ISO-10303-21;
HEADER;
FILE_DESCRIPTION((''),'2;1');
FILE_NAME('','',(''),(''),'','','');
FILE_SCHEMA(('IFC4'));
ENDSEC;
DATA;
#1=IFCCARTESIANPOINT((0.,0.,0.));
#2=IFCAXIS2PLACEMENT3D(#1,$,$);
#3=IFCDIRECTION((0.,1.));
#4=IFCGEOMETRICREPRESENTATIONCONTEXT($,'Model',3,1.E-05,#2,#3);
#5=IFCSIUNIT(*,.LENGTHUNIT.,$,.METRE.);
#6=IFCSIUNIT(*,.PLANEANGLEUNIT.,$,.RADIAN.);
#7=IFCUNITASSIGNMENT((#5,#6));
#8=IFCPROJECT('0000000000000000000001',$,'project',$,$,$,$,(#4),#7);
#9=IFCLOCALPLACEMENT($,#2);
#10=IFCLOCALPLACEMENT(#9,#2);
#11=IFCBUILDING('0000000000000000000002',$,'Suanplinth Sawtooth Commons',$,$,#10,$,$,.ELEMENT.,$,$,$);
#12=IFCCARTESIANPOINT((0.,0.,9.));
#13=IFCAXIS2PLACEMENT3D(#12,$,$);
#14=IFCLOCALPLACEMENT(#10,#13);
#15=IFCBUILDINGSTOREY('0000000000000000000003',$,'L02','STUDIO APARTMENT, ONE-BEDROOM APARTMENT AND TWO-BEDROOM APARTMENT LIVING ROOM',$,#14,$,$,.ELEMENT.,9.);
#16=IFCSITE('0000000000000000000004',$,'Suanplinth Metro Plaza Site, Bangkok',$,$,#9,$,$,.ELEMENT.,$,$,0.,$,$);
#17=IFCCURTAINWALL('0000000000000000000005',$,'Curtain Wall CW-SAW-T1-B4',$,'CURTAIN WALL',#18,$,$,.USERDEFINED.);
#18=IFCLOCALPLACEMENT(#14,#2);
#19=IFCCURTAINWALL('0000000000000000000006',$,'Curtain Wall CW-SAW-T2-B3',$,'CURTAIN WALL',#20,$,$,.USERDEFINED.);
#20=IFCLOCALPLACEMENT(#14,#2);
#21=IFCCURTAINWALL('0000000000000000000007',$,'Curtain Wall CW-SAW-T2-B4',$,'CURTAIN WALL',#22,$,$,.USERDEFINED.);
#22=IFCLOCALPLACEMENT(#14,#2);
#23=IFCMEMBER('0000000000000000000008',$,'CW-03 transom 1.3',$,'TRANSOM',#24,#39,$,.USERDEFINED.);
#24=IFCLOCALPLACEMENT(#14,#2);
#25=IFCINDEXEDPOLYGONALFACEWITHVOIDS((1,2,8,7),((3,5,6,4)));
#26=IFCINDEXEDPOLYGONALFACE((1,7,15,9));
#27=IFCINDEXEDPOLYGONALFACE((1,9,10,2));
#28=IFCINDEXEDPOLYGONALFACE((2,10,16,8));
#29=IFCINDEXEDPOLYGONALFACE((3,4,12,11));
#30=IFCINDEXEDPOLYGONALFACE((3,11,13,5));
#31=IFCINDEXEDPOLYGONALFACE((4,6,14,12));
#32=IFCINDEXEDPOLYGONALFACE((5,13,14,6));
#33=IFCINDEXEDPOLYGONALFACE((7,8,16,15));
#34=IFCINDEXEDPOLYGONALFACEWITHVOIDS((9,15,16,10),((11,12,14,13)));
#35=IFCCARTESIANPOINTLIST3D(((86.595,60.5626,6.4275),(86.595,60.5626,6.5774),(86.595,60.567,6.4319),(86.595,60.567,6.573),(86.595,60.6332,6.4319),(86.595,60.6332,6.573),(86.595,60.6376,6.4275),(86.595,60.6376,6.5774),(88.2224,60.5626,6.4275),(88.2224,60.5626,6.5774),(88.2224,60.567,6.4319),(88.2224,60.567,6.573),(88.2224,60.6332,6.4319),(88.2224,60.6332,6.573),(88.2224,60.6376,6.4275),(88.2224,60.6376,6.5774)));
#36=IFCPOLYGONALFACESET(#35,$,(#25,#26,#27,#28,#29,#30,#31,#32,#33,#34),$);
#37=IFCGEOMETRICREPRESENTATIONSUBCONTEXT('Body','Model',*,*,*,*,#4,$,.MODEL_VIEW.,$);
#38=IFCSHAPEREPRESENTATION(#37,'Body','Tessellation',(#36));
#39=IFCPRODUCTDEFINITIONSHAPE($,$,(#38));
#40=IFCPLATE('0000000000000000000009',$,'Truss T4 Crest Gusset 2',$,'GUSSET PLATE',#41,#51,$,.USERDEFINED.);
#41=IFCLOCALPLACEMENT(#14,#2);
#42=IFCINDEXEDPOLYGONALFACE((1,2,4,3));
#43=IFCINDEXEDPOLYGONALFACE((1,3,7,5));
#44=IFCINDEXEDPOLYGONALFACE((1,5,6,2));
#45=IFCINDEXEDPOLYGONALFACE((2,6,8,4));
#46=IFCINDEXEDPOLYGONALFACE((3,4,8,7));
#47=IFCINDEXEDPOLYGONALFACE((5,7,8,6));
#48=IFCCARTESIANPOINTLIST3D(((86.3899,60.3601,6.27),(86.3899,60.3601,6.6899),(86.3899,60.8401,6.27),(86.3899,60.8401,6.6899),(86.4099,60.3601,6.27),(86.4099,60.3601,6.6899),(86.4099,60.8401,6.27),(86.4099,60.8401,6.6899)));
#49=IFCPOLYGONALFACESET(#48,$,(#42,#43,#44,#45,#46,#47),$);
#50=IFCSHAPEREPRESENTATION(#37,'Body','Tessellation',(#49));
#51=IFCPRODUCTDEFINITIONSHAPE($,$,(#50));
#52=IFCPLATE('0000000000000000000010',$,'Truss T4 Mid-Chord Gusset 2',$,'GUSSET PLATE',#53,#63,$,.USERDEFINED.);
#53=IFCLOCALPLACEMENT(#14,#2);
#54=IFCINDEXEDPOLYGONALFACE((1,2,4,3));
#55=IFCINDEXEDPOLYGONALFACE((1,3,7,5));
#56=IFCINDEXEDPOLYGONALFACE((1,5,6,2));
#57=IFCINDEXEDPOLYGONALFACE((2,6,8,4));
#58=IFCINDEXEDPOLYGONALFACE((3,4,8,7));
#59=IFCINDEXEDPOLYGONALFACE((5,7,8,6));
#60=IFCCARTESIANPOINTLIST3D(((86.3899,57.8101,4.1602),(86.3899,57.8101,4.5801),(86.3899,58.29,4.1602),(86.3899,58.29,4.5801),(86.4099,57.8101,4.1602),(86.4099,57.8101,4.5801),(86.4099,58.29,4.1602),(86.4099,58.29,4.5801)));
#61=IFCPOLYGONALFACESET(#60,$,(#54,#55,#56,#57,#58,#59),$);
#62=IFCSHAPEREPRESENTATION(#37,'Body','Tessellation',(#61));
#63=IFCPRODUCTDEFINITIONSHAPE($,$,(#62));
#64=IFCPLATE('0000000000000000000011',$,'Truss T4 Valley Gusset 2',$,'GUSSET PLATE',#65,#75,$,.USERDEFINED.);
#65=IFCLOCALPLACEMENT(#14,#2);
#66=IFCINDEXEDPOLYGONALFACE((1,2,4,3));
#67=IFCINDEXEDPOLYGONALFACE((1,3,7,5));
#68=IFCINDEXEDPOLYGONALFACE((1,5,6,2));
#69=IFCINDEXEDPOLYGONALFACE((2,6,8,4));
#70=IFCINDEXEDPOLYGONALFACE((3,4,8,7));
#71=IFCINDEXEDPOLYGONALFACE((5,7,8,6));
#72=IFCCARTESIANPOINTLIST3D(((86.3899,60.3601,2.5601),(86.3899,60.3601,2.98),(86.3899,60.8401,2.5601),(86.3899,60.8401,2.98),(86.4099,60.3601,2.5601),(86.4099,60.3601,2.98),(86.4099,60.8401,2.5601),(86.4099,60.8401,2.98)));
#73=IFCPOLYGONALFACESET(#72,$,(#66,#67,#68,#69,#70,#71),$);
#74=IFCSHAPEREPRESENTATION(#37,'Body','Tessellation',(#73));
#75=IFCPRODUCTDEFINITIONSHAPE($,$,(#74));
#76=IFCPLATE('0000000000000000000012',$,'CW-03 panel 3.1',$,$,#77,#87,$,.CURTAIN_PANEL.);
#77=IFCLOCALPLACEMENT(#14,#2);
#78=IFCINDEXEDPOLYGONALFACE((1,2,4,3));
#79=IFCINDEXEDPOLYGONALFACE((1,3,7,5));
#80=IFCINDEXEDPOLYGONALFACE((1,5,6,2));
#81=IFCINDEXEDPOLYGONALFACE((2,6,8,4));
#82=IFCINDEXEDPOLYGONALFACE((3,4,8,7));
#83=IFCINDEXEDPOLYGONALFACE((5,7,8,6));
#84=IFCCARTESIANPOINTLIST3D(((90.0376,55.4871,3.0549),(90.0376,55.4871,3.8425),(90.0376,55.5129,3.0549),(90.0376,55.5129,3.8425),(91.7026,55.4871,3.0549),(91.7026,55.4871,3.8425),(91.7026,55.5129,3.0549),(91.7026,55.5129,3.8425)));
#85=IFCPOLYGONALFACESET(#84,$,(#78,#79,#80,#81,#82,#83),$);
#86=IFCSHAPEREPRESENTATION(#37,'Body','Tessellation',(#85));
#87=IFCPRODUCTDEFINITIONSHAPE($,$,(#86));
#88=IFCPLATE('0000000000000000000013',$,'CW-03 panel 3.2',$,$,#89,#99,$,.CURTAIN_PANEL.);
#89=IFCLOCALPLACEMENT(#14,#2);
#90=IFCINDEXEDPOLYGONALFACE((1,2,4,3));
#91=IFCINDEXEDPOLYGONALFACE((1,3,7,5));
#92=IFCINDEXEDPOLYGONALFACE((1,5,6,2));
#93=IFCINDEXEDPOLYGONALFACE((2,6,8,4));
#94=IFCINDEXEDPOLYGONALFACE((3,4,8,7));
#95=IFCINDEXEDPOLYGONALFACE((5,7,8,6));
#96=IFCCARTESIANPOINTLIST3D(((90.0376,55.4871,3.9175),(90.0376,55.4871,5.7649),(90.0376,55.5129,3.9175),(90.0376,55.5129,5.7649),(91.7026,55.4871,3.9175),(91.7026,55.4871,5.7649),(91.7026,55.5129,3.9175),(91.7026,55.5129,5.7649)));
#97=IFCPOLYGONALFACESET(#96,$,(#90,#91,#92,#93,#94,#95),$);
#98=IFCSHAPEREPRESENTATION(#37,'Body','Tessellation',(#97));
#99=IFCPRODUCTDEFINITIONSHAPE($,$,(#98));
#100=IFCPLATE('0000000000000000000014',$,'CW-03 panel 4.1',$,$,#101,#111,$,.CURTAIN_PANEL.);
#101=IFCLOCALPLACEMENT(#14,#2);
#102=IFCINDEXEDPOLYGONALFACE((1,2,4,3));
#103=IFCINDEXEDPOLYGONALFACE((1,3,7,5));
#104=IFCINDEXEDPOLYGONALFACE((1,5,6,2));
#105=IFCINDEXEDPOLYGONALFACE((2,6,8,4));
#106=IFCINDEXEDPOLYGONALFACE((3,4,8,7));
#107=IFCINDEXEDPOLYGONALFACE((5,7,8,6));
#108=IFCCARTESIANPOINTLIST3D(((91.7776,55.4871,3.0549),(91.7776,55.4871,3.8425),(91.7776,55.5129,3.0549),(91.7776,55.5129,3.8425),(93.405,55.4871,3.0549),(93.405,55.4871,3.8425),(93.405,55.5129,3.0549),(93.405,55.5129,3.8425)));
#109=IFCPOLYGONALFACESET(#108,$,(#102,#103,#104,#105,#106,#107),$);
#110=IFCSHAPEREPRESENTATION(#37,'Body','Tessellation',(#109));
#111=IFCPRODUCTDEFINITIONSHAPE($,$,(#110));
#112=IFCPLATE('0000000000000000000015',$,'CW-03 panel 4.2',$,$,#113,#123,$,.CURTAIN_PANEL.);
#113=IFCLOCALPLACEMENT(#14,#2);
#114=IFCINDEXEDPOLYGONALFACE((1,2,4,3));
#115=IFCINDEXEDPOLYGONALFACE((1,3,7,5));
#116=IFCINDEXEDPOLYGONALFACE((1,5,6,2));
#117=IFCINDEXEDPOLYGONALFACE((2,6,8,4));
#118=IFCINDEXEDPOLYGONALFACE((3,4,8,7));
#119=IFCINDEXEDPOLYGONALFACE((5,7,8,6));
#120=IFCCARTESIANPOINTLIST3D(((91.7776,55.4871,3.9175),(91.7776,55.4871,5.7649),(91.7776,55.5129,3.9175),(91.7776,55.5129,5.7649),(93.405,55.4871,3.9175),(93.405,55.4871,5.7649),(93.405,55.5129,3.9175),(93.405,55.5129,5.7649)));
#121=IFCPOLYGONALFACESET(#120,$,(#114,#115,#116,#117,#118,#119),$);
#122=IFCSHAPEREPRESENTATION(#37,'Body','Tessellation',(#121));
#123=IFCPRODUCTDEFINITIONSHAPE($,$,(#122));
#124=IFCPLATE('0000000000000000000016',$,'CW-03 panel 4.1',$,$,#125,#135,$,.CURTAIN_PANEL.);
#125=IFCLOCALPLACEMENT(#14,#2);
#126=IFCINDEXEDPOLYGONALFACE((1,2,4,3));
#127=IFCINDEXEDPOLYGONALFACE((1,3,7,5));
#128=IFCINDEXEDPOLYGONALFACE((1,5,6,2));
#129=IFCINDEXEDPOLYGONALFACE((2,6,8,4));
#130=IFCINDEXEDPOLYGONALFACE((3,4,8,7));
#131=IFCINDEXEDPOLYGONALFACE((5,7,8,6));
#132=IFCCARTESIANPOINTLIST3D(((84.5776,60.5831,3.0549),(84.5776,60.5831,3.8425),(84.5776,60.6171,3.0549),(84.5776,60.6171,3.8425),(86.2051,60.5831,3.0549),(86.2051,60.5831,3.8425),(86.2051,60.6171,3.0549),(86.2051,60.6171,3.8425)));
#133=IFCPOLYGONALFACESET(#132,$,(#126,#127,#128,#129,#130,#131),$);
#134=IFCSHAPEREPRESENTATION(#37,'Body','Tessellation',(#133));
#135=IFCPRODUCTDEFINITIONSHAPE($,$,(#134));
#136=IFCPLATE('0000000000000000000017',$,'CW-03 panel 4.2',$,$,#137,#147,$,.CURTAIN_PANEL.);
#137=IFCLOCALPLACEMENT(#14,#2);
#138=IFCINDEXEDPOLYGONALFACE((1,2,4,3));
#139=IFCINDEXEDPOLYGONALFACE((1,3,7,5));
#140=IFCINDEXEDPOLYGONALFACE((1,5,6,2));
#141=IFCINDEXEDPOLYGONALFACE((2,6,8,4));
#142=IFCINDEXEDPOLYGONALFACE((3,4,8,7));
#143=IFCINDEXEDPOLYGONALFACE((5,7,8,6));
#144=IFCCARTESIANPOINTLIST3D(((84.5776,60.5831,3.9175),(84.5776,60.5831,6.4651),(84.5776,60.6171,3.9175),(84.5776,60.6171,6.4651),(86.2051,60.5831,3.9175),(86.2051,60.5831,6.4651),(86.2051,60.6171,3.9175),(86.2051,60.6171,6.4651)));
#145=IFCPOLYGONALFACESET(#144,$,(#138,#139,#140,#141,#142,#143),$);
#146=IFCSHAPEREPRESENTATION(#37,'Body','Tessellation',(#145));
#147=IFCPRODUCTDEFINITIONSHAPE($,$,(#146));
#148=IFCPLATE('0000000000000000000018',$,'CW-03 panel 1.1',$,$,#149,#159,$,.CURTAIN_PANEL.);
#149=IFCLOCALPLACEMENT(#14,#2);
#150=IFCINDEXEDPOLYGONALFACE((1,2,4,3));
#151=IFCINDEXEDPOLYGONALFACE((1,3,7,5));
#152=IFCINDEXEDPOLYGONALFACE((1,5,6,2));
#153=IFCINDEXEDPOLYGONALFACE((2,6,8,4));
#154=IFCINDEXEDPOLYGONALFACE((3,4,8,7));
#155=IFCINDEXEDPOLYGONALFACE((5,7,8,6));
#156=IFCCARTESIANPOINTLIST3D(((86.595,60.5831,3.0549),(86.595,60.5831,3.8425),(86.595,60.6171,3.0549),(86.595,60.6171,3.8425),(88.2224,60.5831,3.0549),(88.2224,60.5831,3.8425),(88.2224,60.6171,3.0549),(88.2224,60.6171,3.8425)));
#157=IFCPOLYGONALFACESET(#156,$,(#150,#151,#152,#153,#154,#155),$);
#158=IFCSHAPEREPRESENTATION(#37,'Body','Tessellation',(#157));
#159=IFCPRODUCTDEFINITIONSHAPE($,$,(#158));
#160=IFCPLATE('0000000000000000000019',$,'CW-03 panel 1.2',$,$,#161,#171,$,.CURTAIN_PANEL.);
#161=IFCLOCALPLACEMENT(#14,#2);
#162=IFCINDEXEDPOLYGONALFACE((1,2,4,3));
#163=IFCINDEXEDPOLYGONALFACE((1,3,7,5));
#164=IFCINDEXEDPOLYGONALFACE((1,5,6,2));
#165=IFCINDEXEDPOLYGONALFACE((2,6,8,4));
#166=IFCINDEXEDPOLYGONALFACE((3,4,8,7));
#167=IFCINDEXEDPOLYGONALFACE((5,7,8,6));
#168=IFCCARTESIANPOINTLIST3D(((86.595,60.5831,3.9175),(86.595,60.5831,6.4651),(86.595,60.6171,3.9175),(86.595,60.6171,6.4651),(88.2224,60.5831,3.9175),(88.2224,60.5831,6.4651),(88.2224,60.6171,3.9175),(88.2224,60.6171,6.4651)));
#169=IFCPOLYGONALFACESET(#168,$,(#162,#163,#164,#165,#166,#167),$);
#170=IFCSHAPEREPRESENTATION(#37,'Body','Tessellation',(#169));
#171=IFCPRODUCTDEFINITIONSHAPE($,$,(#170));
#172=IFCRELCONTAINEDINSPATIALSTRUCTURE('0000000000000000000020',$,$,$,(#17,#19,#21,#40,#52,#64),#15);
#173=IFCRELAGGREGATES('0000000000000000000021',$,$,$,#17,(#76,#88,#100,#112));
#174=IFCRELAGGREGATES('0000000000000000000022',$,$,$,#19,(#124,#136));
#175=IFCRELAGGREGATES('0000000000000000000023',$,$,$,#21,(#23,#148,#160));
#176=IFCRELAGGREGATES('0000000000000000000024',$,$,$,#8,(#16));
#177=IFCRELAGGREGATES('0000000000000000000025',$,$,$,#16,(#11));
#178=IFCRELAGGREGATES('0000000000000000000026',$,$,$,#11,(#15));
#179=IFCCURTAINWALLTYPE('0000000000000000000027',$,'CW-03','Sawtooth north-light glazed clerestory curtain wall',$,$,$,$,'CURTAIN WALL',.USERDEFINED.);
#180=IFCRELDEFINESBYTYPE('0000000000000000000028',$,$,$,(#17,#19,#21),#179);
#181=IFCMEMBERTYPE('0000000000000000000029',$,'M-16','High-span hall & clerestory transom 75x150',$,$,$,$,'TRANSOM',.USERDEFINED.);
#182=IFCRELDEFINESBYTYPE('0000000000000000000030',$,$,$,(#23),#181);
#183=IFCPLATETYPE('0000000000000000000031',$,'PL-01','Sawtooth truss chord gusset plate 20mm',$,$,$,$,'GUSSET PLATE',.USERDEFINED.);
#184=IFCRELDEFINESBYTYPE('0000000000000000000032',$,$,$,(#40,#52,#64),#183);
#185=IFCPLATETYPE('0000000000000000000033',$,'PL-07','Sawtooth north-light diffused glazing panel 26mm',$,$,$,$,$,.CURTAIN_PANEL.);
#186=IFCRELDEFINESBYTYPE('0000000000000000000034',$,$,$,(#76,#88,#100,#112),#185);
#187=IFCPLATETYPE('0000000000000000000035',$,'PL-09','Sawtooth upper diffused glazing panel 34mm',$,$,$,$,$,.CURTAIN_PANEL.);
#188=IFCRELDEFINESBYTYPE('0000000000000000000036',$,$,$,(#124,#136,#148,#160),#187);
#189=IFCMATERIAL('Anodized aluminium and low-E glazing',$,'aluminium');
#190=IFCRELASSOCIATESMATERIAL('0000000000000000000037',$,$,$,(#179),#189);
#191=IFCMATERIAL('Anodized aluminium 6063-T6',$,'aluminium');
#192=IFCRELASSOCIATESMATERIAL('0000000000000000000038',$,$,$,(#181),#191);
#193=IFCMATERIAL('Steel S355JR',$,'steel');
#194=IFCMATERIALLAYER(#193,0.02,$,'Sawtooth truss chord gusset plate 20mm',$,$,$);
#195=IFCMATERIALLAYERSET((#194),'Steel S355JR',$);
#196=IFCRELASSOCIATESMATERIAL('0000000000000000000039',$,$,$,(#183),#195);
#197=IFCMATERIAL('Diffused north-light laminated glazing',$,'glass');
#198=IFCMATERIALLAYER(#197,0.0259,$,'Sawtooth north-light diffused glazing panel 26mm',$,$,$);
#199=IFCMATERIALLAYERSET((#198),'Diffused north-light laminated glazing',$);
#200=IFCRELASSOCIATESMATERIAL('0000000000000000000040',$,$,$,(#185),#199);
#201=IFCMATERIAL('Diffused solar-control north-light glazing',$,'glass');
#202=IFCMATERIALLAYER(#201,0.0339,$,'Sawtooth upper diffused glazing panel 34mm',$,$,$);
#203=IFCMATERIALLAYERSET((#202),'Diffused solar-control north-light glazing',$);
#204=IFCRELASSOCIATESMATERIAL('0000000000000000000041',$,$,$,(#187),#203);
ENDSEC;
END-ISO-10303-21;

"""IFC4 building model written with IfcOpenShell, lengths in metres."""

from ifc_helpers import new_model, si_unit, direction, frame, origin, origin_2d, place, context, subcontext, project, spatial, rectangle, hollow_rectangle, extrude, material, layer, layer_set, material_profile, profile_set, type_object, element, aggregate, save


model = new_model("IFC4")

# Units and contexts
model_context = context("Model", 3, precision=1e-05, world=origin(), true_north=direction((0.0, 1.0)))
body_context = subcontext(model_context, "Body", "Model", "MODEL_VIEW")
ifc_project = project(units=[si_unit("LENGTHUNIT", "METRE"), si_unit("PLANEANGLEUNIT", "RADIAN")], contexts=[model_context])

# Site, building, storey
site_placement = place(None, origin())
site = spatial("IfcSite", under=ifc_project, at=site_placement, Name="Suanplinth Metro Plaza Site, Bangkok", CompositionType="ELEMENT", RefElevation=0.0)
building_placement = place(site_placement, origin())
building = spatial("IfcBuilding", under=site, at=building_placement, Name="Suanplinth Sawtooth Commons", CompositionType="ELEMENT")
storey_placement = place(building_placement, frame((0.0, 0.0, 9.0)))
storey = spatial("IfcBuildingStorey", under=building, at=storey_placement, Name="L02", Description="STUDIO APARTMENT, ONE-BEDROOM APARTMENT AND TWO-BEDROOM APARTMENT LIVING ROOM", CompositionType="ELEMENT", Elevation=9.0)

# Shared definitions
ifc_material_1 = material(Name="Steel S355JR", Category="steel")

# Curtain walls
ifc_material_2 = material(Name="Anodized aluminium and low-E glazing", Category="aluminium")
curtain_wall_type = type_object("IfcCurtainWallType", Name="CW-03", Description="Sawtooth north-light glazed clerestory curtain wall", ElementType="CURTAIN WALL", PredefinedType="USERDEFINED", material=ifc_material_2)
curtain_wall_1_placement = place(storey_placement, origin())
curtain_wall_1 = element("IfcCurtainWall", 1, at=curtain_wall_1_placement, inside=storey, type_object=curtain_wall_type, Name="Curtain Wall CW-SAW-T1-B4", ObjectType="CURTAIN WALL", PredefinedType="USERDEFINED")
ifc_material_3 = material(Name="Anodized aluminium 6063-T6", Category="aluminium")
curtain_wall_2_placement = place(storey_placement, origin())
curtain_wall_2 = element("IfcCurtainWall", 2, at=curtain_wall_2_placement, inside=storey, type_object=curtain_wall_type, Name="Curtain Wall CW-SAW-T2-B3", ObjectType="CURTAIN WALL", PredefinedType="USERDEFINED")
curtain_wall_3_placement = place(storey_placement, origin())
curtain_wall_3 = element("IfcCurtainWall", 3, at=curtain_wall_3_placement, inside=storey, type_object=curtain_wall_type, Name="Curtain Wall CW-SAW-T2-B4", ObjectType="CURTAIN WALL", PredefinedType="USERDEFINED")

# Member
ifc_material_profile_1 = material_profile(ifc_material_3, hollow_rectangle(XDim=0.075, YDim=0.1499, WallThickness=0.0044, at=origin_2d()), Name="ALU-TRN 75x150")
ifc_profile_set_1 = profile_set([ifc_material_profile_1], Name="Anodized aluminium 6063-T6")
member_type_1 = type_object("IfcMemberType", Name="M-16", Description="High-span hall & clerestory transom 75x150", ElementType="TRANSOM", PredefinedType="USERDEFINED", material=ifc_profile_set_1)
member_1_placement = place(storey_placement, frame((86.595, 60.6001, 6.5024), z_axis=(1.0, 0.0, 0.0), x_axis=(0.0, 1.0, 0.0)))
member_1 = element("IfcMember", 4, at=member_1_placement, type_object=member_type_1, Name="CW-03 transom 1.3", ObjectType="TRANSOM", PredefinedType="USERDEFINED", context=body_context, shape_type="SweptSolid", body=[
    extrude(hollow_rectangle(XDim=0.075, YDim=0.1499, WallThickness=0.0044, at=origin_2d()), origin(), (0.0, 0.0, 1.0), 1.6274),
])

# Plates
ifc_layer_1 = layer(ifc_material_1, 0.02, Name="Sawtooth truss chord gusset plate 20mm")
ifc_layer_set_1 = layer_set([ifc_layer_1], Name="Steel S355JR")
plate_type_1 = type_object("IfcPlateType", Name="PL-01", Description="Sawtooth truss chord gusset plate 20mm", ElementType="GUSSET PLATE", PredefinedType="USERDEFINED", material=ifc_layer_set_1)
for number, where, z_axis, x_axis, name in (
    (5, (86.3999, 60.6001, 6.27), (0.0, 0.0, 1.0), (1.0, 0.0, 0.0), "Truss T4 Crest Gusset 2"),
    (6, (86.3999, 58.05, 4.1602), (0.0, 0.0, 1.0), (1.0, 0.0, 0.0), "Truss T4 Mid-Chord Gusset 2"),
    (7, (86.3999, 60.6001, 2.5601), (0.0, 0.0, 1.0), (1.0, 0.0, 0.0), "Truss T4 Valley Gusset 2"),
):
    element("IfcPlate", number, at=place(storey_placement, frame(where, z_axis=z_axis, x_axis=x_axis)), inside=storey, type_object=plate_type_1, Name=name, ObjectType="GUSSET PLATE", PredefinedType="USERDEFINED", context=body_context, shape_type="SweptSolid", body=[
        extrude(rectangle(XDim=0.02, YDim=0.48, at=origin_2d()), origin(), (0.0, 0.0, 1.0), 0.4199),
    ])

# Plates
ifc_material_4 = material(Name="Diffused north-light laminated glazing", Category="glass")
ifc_layer_2 = layer(ifc_material_4, 0.0259, Name="Sawtooth north-light diffused glazing panel 26mm")
ifc_layer_set_2 = layer_set([ifc_layer_2], Name="Diffused north-light laminated glazing")
plate_type_2 = type_object("IfcPlateType", Name="PL-07", Description="Sawtooth north-light diffused glazing panel 26mm", PredefinedType="CURTAIN_PANEL", material=ifc_layer_set_2)
plate_1_placement = place(storey_placement, frame((90.8701, 55.5, 3.0549), z_axis=(0.0, 0.0, 1.0), x_axis=(1.0, 0.0, 0.0)))
plate_1 = element("IfcPlate", 8, at=plate_1_placement, type_object=plate_type_2, Name="CW-03 panel 3.1", PredefinedType="CURTAIN_PANEL", context=body_context, shape_type="SweptSolid", body=[
    extrude(rectangle(XDim=1.665, YDim=0.0259, at=origin_2d()), origin(), (0.0, 0.0, 1.0), 0.7876),
])
plate_2_placement = place(storey_placement, frame((90.8701, 55.5, 3.9175), z_axis=(0.0, 0.0, 1.0), x_axis=(1.0, 0.0, 0.0)))
plate_2 = element("IfcPlate", 9, at=plate_2_placement, type_object=plate_type_2, Name="CW-03 panel 3.2", PredefinedType="CURTAIN_PANEL", context=body_context, shape_type="SweptSolid", body=[
    extrude(rectangle(XDim=1.665, YDim=0.0259, at=origin_2d()), origin(), (0.0, 0.0, 1.0), 1.8474),
])
plate_3_placement = place(storey_placement, frame((92.5913, 55.5, 3.0549), z_axis=(0.0, 0.0, 1.0), x_axis=(1.0, 0.0, 0.0)))
plate_3 = element("IfcPlate", 10, at=plate_3_placement, type_object=plate_type_2, Name="CW-03 panel 4.1", PredefinedType="CURTAIN_PANEL", context=body_context, shape_type="SweptSolid", body=[
    extrude(rectangle(XDim=1.6274, YDim=0.0259, at=origin_2d()), origin(), (0.0, 0.0, 1.0), 0.7876),
])
plate_4_placement = place(storey_placement, frame((92.5913, 55.5, 3.9175), z_axis=(0.0, 0.0, 1.0), x_axis=(1.0, 0.0, 0.0)))
plate_4 = element("IfcPlate", 11, at=plate_4_placement, type_object=plate_type_2, Name="CW-03 panel 4.2", PredefinedType="CURTAIN_PANEL", context=body_context, shape_type="SweptSolid", body=[
    extrude(rectangle(XDim=1.6274, YDim=0.0259, at=origin_2d()), origin(), (0.0, 0.0, 1.0), 1.8474),
])
aggregate(curtain_wall_1, [plate_1, plate_2, plate_3, plate_4])
ifc_material_5 = material(Name="Diffused solar-control north-light glazing", Category="glass")
ifc_layer_3 = layer(ifc_material_5, 0.0339, Name="Sawtooth upper diffused glazing panel 34mm")
ifc_layer_set_3 = layer_set([ifc_layer_3], Name="Diffused solar-control north-light glazing")
plate_type_3 = type_object("IfcPlateType", Name="PL-09", Description="Sawtooth upper diffused glazing panel 34mm", PredefinedType="CURTAIN_PANEL", material=ifc_layer_set_3)
plate_5_placement = place(storey_placement, frame((85.3914, 60.6001, 3.0549), z_axis=(0.0, 0.0, 1.0), x_axis=(1.0, 0.0, 0.0)))
plate_5 = element("IfcPlate", 12, at=plate_5_placement, type_object=plate_type_3, Name="CW-03 panel 4.1", PredefinedType="CURTAIN_PANEL", context=body_context, shape_type="SweptSolid", body=[
    extrude(rectangle(XDim=1.6274, YDim=0.0339, at=origin_2d()), origin(), (0.0, 0.0, 1.0), 0.7876),
])
plate_6_placement = place(storey_placement, frame((85.3914, 60.6001, 3.9175), z_axis=(0.0, 0.0, 1.0), x_axis=(1.0, 0.0, 0.0)))
plate_6 = element("IfcPlate", 13, at=plate_6_placement, type_object=plate_type_3, Name="CW-03 panel 4.2", PredefinedType="CURTAIN_PANEL", context=body_context, shape_type="SweptSolid", body=[
    extrude(rectangle(XDim=1.6274, YDim=0.0339, at=origin_2d()), origin(), (0.0, 0.0, 1.0), 2.5476),
])
aggregate(curtain_wall_2, [plate_5, plate_6])
plate_7_placement = place(storey_placement, frame((87.4087, 60.6001, 3.0549), z_axis=(0.0, 0.0, 1.0), x_axis=(1.0, 0.0, 0.0)))
plate_7 = element("IfcPlate", 14, at=plate_7_placement, type_object=plate_type_3, Name="CW-03 panel 1.1", PredefinedType="CURTAIN_PANEL", context=body_context, shape_type="SweptSolid", body=[
    extrude(rectangle(XDim=1.6274, YDim=0.0339, at=origin_2d()), origin(), (0.0, 0.0, 1.0), 0.7876),
])
plate_8_placement = place(storey_placement, frame((87.4087, 60.6001, 3.9175), z_axis=(0.0, 0.0, 1.0), x_axis=(1.0, 0.0, 0.0)))
plate_8 = element("IfcPlate", 15, at=plate_8_placement, type_object=plate_type_3, Name="CW-03 panel 1.2", PredefinedType="CURTAIN_PANEL", context=body_context, shape_type="SweptSolid", body=[
    extrude(rectangle(XDim=1.6274, YDim=0.0339, at=origin_2d()), origin(), (0.0, 0.0, 1.0), 2.5476),
])
aggregate(curtain_wall_3, [member_1, plate_7, plate_8])

save(model, "model.ifc")
